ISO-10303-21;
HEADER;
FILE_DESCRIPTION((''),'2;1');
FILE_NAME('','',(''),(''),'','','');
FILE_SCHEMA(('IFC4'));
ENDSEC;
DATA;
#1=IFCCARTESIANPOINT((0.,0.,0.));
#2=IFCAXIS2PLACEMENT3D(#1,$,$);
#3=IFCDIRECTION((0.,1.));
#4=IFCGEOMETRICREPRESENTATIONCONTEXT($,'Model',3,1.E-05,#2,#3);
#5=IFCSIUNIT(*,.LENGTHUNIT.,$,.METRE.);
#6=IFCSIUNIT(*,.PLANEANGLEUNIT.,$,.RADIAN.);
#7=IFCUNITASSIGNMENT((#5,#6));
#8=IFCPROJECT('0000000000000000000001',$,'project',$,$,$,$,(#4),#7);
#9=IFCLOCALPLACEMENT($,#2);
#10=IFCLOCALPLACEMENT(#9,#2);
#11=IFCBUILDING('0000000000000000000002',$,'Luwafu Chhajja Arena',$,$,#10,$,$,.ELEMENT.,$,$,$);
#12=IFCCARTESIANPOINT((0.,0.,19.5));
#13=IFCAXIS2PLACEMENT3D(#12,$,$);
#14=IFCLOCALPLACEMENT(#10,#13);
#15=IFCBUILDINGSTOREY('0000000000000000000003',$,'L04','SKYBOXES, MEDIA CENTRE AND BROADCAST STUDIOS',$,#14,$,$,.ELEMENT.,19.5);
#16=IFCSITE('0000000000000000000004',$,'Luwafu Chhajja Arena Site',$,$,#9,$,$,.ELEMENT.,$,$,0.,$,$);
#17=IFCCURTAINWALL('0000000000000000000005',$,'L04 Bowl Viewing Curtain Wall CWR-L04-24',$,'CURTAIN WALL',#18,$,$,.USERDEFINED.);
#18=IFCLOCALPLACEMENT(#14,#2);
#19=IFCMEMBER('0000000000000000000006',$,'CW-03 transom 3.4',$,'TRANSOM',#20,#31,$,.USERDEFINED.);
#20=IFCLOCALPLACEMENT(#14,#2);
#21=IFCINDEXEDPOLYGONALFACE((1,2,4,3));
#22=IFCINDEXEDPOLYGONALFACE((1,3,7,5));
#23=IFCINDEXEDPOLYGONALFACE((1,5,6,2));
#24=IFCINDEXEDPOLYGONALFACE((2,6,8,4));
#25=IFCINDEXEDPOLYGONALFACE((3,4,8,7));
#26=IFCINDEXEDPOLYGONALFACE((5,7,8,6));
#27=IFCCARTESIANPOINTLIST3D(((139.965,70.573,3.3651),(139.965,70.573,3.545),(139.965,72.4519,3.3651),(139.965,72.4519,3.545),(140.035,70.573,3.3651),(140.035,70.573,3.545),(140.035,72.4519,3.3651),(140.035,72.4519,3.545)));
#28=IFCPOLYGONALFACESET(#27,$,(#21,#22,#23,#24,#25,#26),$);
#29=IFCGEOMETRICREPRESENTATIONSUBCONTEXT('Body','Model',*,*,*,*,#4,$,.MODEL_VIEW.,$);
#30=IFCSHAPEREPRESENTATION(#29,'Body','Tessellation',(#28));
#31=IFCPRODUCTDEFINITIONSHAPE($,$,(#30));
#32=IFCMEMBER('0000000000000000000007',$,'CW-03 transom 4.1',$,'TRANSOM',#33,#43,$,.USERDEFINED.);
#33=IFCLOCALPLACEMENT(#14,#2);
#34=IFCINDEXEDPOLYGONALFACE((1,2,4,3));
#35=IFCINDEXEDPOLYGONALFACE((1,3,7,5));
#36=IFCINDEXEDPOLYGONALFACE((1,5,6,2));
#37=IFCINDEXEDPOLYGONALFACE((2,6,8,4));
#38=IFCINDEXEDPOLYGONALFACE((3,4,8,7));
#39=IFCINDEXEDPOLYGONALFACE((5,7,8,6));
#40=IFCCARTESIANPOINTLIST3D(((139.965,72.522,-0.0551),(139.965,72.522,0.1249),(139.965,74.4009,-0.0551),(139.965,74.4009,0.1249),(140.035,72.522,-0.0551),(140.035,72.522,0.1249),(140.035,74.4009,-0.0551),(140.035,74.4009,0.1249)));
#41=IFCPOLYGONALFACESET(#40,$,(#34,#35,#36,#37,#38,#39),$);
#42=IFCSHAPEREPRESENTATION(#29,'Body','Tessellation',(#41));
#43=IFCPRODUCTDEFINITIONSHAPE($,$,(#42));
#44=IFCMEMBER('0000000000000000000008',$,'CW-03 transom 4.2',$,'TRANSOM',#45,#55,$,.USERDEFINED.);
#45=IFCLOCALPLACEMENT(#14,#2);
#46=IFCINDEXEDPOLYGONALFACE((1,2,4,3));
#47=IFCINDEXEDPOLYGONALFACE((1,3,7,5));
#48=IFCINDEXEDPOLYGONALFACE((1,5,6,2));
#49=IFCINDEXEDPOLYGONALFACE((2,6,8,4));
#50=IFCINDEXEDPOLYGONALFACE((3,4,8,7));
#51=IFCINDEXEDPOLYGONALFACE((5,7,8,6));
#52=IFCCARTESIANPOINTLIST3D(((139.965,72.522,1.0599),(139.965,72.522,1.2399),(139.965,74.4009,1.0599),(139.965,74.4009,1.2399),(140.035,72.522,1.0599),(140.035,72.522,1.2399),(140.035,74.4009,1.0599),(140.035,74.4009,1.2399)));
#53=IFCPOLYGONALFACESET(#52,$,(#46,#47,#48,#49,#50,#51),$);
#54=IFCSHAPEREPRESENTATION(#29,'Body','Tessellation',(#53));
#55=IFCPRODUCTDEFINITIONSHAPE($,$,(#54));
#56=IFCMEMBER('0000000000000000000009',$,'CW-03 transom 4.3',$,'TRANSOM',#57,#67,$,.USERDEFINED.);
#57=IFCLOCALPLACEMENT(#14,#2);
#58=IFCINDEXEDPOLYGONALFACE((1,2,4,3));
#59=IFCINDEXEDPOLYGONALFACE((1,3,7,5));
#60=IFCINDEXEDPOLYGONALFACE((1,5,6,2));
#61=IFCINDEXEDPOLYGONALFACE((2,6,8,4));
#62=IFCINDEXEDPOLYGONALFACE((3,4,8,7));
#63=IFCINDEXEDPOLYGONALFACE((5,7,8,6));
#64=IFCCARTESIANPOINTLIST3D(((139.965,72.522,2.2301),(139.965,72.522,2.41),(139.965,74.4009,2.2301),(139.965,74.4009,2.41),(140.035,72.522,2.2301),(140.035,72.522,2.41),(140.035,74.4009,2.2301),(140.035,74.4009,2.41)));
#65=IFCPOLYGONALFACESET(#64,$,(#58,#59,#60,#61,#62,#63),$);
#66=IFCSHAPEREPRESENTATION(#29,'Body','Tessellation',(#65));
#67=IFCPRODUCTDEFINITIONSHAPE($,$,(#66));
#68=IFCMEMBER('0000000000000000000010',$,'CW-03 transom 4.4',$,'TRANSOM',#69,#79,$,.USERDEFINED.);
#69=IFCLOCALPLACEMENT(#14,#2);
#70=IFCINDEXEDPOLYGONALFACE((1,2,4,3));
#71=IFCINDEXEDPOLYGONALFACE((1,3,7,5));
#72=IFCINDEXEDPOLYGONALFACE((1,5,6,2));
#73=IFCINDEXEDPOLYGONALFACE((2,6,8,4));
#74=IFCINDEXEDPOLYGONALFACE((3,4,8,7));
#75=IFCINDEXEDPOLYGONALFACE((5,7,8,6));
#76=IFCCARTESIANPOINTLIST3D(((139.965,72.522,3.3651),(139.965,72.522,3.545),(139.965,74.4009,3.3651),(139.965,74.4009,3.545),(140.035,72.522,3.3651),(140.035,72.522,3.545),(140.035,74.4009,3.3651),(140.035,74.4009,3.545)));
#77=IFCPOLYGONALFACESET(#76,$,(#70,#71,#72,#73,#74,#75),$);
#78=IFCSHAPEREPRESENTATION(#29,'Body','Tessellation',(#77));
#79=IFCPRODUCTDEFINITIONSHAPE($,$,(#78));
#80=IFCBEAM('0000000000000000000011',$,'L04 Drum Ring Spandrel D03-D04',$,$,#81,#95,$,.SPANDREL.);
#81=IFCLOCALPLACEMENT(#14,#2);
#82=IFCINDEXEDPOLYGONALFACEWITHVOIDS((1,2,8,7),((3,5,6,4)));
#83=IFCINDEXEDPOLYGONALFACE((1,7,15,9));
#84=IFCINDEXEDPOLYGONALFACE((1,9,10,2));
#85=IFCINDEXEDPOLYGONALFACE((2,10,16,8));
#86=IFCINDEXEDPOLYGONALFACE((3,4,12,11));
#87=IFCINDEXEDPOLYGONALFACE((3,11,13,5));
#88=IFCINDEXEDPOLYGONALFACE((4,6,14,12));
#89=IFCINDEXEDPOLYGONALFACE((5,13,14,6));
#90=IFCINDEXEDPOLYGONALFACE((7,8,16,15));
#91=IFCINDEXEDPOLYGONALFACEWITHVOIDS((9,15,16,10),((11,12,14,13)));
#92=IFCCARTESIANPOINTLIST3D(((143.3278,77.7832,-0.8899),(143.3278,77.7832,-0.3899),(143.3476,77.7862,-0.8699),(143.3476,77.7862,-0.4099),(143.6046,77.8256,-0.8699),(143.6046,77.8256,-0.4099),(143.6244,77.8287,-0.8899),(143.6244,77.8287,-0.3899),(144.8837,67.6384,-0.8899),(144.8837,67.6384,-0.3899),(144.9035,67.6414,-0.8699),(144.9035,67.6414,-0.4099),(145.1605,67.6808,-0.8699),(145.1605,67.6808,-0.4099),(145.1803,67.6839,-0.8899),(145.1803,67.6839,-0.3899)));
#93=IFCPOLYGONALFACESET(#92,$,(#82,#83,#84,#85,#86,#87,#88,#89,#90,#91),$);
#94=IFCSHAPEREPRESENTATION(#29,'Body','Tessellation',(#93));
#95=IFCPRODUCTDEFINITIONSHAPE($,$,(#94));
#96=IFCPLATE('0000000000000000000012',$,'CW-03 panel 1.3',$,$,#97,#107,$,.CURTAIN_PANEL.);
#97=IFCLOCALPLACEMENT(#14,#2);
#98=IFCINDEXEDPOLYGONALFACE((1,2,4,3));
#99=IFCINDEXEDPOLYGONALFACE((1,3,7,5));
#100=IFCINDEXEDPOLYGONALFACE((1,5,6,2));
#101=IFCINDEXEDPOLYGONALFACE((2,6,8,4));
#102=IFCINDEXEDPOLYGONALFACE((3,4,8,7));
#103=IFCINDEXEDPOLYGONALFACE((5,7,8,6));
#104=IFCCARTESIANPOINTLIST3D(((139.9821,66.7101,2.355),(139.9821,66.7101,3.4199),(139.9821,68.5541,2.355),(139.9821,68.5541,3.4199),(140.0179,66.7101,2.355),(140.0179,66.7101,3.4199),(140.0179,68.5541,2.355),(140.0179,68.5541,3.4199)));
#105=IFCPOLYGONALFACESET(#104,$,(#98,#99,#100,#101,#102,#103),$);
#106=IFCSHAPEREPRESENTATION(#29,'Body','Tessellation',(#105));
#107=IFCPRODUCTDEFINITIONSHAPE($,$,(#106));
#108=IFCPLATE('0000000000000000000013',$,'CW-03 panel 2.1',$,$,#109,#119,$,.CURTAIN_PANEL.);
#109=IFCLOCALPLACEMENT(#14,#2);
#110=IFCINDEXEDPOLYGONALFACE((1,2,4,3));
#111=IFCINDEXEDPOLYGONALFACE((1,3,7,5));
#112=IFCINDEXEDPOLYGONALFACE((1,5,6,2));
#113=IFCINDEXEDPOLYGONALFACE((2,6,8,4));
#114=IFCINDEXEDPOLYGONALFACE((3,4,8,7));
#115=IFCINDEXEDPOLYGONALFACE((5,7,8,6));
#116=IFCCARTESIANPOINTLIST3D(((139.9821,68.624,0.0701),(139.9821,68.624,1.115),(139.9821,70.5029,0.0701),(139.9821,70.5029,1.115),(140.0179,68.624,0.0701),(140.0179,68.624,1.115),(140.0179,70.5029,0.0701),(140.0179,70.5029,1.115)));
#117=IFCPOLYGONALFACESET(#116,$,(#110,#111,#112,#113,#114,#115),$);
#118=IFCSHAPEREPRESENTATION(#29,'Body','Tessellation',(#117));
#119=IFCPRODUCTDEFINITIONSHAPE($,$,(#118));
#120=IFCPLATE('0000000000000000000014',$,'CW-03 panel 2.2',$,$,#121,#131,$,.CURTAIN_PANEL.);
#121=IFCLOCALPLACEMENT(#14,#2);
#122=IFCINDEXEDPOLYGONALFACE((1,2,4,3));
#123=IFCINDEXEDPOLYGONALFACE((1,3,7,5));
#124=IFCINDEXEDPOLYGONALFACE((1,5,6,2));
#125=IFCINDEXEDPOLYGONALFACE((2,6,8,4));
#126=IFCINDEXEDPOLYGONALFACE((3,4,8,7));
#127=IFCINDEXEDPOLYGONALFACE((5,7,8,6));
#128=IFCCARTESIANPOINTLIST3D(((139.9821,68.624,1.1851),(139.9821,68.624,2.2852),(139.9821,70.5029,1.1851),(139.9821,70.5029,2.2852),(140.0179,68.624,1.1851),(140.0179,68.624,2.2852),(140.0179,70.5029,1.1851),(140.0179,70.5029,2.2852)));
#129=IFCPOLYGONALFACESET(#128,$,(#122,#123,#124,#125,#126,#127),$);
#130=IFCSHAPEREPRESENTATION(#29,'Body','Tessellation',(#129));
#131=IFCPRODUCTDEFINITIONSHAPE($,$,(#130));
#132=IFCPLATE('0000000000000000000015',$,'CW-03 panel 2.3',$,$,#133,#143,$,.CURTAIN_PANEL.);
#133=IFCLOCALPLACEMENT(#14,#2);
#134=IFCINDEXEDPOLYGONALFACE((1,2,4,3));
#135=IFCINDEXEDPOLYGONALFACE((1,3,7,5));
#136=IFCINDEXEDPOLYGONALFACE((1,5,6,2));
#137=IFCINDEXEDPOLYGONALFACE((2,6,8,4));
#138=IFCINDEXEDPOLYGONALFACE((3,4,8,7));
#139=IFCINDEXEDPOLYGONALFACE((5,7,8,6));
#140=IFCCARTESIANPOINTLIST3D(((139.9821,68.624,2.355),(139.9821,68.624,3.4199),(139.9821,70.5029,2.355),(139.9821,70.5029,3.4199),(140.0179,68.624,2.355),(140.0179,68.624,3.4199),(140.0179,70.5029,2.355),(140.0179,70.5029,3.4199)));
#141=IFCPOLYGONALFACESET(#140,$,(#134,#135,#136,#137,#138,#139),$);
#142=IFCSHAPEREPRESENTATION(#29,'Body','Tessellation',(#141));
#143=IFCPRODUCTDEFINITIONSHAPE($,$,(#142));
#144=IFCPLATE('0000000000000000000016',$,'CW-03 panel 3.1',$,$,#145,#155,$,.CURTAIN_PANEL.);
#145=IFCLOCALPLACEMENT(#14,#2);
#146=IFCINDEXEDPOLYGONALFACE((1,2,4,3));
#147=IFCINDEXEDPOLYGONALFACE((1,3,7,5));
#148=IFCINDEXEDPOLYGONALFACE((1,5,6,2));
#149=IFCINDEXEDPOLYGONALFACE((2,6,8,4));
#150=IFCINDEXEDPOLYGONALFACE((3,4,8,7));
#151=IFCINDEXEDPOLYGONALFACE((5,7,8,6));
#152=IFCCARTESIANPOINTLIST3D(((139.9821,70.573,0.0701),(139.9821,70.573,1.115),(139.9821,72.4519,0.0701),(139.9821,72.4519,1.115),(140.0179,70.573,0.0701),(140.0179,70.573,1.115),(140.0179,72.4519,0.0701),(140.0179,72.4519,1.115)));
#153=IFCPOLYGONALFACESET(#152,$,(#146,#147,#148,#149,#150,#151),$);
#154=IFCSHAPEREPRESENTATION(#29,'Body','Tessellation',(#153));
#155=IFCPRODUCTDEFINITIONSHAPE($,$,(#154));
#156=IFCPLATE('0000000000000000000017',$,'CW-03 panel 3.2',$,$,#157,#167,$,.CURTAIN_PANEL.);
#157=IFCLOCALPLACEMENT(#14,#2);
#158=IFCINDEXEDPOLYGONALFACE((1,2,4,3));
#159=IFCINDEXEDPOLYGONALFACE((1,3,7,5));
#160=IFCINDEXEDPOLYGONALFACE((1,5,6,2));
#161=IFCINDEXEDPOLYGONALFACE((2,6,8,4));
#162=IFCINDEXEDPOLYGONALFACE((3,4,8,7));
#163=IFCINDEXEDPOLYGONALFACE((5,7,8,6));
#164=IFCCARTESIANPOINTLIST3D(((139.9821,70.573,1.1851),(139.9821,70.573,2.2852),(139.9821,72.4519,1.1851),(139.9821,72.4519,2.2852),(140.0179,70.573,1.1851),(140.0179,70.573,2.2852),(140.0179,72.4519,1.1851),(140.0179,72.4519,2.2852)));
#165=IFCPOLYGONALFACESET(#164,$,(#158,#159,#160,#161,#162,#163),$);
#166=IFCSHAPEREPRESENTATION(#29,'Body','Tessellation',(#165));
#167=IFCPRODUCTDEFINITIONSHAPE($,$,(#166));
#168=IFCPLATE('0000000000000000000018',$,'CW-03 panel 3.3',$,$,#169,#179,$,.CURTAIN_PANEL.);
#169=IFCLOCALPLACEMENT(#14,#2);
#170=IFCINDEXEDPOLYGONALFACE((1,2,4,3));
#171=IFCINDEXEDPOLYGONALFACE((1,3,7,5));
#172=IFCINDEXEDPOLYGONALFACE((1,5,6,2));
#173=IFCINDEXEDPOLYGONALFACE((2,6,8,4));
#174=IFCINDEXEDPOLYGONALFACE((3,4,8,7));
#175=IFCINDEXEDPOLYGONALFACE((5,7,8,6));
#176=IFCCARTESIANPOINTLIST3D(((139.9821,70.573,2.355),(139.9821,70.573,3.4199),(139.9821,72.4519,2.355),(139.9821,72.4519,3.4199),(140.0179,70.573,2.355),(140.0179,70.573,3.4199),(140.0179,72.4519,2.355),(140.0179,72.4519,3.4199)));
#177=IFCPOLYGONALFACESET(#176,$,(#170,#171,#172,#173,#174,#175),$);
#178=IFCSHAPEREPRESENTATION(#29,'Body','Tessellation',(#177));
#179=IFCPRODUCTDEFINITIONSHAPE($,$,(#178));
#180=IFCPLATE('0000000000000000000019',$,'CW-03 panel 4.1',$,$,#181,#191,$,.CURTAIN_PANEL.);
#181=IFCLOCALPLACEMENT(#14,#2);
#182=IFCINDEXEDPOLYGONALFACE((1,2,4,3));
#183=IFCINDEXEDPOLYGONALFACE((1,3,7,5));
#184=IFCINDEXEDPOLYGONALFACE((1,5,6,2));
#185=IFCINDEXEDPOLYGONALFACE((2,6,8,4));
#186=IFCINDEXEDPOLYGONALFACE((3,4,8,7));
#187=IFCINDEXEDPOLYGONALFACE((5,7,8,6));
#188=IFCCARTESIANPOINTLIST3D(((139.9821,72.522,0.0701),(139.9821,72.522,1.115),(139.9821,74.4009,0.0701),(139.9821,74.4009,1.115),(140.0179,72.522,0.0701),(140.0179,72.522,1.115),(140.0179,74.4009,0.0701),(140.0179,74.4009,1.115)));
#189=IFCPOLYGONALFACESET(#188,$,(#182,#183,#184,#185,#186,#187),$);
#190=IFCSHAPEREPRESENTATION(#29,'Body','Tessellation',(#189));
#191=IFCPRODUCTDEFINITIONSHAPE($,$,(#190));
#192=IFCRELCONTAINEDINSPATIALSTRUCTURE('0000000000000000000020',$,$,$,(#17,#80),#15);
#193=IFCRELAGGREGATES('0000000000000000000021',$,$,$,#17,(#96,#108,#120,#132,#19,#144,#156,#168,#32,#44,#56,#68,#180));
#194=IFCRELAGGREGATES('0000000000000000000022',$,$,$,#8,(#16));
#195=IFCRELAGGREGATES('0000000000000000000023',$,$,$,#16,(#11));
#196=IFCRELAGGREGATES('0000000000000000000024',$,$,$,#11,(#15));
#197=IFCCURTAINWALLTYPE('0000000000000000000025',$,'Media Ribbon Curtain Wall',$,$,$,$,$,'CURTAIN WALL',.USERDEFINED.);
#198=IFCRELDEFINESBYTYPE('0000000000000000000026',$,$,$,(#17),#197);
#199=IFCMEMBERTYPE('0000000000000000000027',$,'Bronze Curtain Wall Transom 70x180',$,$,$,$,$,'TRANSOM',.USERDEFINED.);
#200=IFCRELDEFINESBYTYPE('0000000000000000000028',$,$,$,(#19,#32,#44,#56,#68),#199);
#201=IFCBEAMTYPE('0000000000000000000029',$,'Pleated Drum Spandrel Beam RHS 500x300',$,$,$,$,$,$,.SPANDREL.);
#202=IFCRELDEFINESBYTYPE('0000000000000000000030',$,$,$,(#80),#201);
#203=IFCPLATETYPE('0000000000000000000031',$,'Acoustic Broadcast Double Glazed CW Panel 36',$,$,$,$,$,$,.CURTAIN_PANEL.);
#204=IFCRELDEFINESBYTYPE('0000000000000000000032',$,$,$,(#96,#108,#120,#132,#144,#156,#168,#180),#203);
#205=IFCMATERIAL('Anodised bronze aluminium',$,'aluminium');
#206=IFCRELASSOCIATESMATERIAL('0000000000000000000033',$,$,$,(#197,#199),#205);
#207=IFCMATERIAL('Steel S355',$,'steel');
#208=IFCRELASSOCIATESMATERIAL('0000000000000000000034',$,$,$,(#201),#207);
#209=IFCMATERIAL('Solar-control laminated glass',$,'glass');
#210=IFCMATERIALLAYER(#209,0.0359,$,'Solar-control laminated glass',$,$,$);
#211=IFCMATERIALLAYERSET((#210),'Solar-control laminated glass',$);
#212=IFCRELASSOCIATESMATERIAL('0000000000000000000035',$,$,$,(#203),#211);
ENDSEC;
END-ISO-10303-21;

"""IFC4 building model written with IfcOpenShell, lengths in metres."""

from ifc_helpers import new_model, si_unit, direction, frame, origin, origin_2d, place, context, subcontext, project, spatial, rectangle, hollow_rectangle, extrude, material, layer, layer_set, material_profile, profile_set, type_object, element, aggregate, save


model = new_model("IFC4")

# Units and contexts
model_context = context("Model", 3, precision=1e-05, world=origin(), true_north=direction((0.0, 1.0)))
body_context = subcontext(model_context, "Body", "Model", "MODEL_VIEW")
ifc_project = project(units=[si_unit("LENGTHUNIT", "METRE"), si_unit("PLANEANGLEUNIT", "RADIAN")], contexts=[model_context])

# Site, building, storey
site_placement = place(None, origin())
site = spatial("IfcSite", under=ifc_project, at=site_placement, Name="Luwafu Chhajja Arena Site", CompositionType="ELEMENT", RefElevation=0.0)
building_placement = place(site_placement, origin())
building = spatial("IfcBuilding", under=site, at=building_placement, Name="Luwafu Chhajja Arena", CompositionType="ELEMENT")
storey_placement = place(building_placement, frame((0.0, 0.0, 19.5)))
storey = spatial("IfcBuildingStorey", under=building, at=storey_placement, Name="L04", Description="SKYBOXES, MEDIA CENTRE AND BROADCAST STUDIOS", CompositionType="ELEMENT", Elevation=19.5)

# Shared definitions
ifc_material_1 = material(Name="Steel S355", Category="steel")

# Curtain wall, members
ifc_material_2 = material(Name="Anodised bronze aluminium", Category="aluminium")
curtain_wall_type = type_object("IfcCurtainWallType", Name="Media Ribbon Curtain Wall", ElementType="CURTAIN WALL", PredefinedType="USERDEFINED", material=ifc_material_2)
curtain_wall_placement = place(storey_placement, origin())
curtain_wall = element("IfcCurtainWall", 1, at=curtain_wall_placement, inside=storey, type_object=curtain_wall_type, Name="L04 Bowl Viewing Curtain Wall CWR-L04-24", ObjectType="CURTAIN WALL", PredefinedType="USERDEFINED")
ifc_material_profile_1 = material_profile(ifc_material_2, rectangle(XDim=0.0701, YDim=0.1799, at=origin_2d()), Name="CWT 70x180")
ifc_profile_set_1 = profile_set([ifc_material_profile_1], Name="Anodised bronze aluminium")
member_type_1 = type_object("IfcMemberType", Name="Bronze Curtain Wall Transom 70x180", ElementType="TRANSOM", PredefinedType="USERDEFINED", material=ifc_profile_set_1)
member_1_placement = place(storey_placement, frame((140.0, 70.573, 3.4551), z_axis=(0.0, 1.0, 0.0), x_axis=(-1.0, 0.0, 0.0)))
member_1 = element("IfcMember", 2, at=member_1_placement, type_object=member_type_1, Name="CW-03 transom 3.4", ObjectType="TRANSOM", PredefinedType="USERDEFINED", context=body_context, shape_type="SweptSolid", body=[
    extrude(rectangle(XDim=0.0701, YDim=0.1799, at=origin_2d()), origin(), (0.0, 0.0, 1.0), 1.8789),
])
member_2_placement = place(storey_placement, frame((140.0, 72.522, 0.0349), z_axis=(0.0, 1.0, 0.0), x_axis=(-1.0, 0.0, 0.0)))
member_2 = element("IfcMember", 3, at=member_2_placement, type_object=member_type_1, Name="CW-03 transom 4.1", ObjectType="TRANSOM", PredefinedType="USERDEFINED", context=body_context, shape_type="SweptSolid", body=[
    extrude(rectangle(XDim=0.0701, YDim=0.1799, at=origin_2d()), origin(), (0.0, 0.0, 1.0), 1.8789),
])
member_3_placement = place(storey_placement, frame((140.0, 72.522, 1.1499), z_axis=(0.0, 1.0, 0.0), x_axis=(-1.0, 0.0, 0.0)))
member_3 = element("IfcMember", 4, at=member_3_placement, type_object=member_type_1, Name="CW-03 transom 4.2", ObjectType="TRANSOM", PredefinedType="USERDEFINED", context=body_context, shape_type="SweptSolid", body=[
    extrude(rectangle(XDim=0.0701, YDim=0.1799, at=origin_2d()), origin(), (0.0, 0.0, 1.0), 1.8789),
])
member_4_placement = place(storey_placement, frame((140.0, 72.522, 2.3201), z_axis=(0.0, 1.0, 0.0), x_axis=(-1.0, 0.0, 0.0)))
member_4 = element("IfcMember", 5, at=member_4_placement, type_object=member_type_1, Name="CW-03 transom 4.3", ObjectType="TRANSOM", PredefinedType="USERDEFINED", context=body_context, shape_type="SweptSolid", body=[
    extrude(rectangle(XDim=0.0701, YDim=0.1799, at=origin_2d()), origin(), (0.0, 0.0, 1.0), 1.8789),
])
member_5_placement = place(storey_placement, frame((140.0, 72.522, 3.4551), z_axis=(0.0, 1.0, 0.0), x_axis=(-1.0, 0.0, 0.0)))
member_5 = element("IfcMember", 6, at=member_5_placement, type_object=member_type_1, Name="CW-03 transom 4.4", ObjectType="TRANSOM", PredefinedType="USERDEFINED", context=body_context, shape_type="SweptSolid", body=[
    extrude(rectangle(XDim=0.0701, YDim=0.1799, at=origin_2d()), origin(), (0.0, 0.0, 1.0), 1.8789),
])

# Beam
ifc_material_profile_2 = material_profile(ifc_material_1, hollow_rectangle(XDim=0.3, YDim=0.5, WallThickness=0.02, at=origin_2d()), Name="RHS 500x300x20")
ifc_profile_set_2 = profile_set([ifc_material_profile_2], Name="Steel S355")
beam_type = type_object("IfcBeamType", Name="Pleated Drum Spandrel Beam RHS 500x300", PredefinedType="SPANDREL", material=ifc_profile_set_2)
beam_placement = place(storey_placement, frame((145.032, 67.6611, -0.6399), z_axis=(-0.151598, 0.988442, 0.0), x_axis=(-0.988442, -0.151598, 0.0)))
element("IfcBeam", 7, at=beam_placement, inside=storey, type_object=beam_type, Name="L04 Drum Ring Spandrel D03-D04", PredefinedType="SPANDREL", context=body_context, shape_type="SweptSolid", body=[
    extrude(hollow_rectangle(XDim=0.3, YDim=0.5, WallThickness=0.02, at=origin_2d()), origin(), (0.0, 0.0, 1.0), 10.2634),
])

# Plates
ifc_material_3 = material(Name="Solar-control laminated glass", Category="glass")
ifc_layer_1 = layer(ifc_material_3, 0.0359, Name="Solar-control laminated glass")
ifc_layer_set_1 = layer_set([ifc_layer_1], Name="Solar-control laminated glass")
plate_type = type_object("IfcPlateType", Name="Acoustic Broadcast Double Glazed CW Panel 36", PredefinedType="CURTAIN_PANEL", material=ifc_layer_set_1)
plate_1_placement = place(storey_placement, frame((140.0, 67.6321, 2.355), z_axis=(0.0, 0.0, 1.0), x_axis=(0.0, 1.0, 0.0)))
plate_1 = element("IfcPlate", 8, at=plate_1_placement, type_object=plate_type, Name="CW-03 panel 1.3", PredefinedType="CURTAIN_PANEL", context=body_context, shape_type="SweptSolid", body=[
    extrude(rectangle(XDim=1.844, YDim=0.0359, at=origin_2d()), origin(), (0.0, 0.0, 1.0), 1.0649),
])
plate_2_placement = place(storey_placement, frame((140.0, 69.5635, 0.0701), z_axis=(0.0, 0.0, 1.0), x_axis=(0.0, 1.0, 0.0)))
plate_2 = element("IfcPlate", 9, at=plate_2_placement, type_object=plate_type, Name="CW-03 panel 2.1", PredefinedType="CURTAIN_PANEL", context=body_context, shape_type="SweptSolid", body=[
    extrude(rectangle(XDim=1.8789, YDim=0.0359, at=origin_2d()), origin(), (0.0, 0.0, 1.0), 1.0449),
])
plate_3_placement = place(storey_placement, frame((140.0, 69.5635, 1.1851), z_axis=(0.0, 0.0, 1.0), x_axis=(0.0, 1.0, 0.0)))
plate_3 = element("IfcPlate", 10, at=plate_3_placement, type_object=plate_type, Name="CW-03 panel 2.2", PredefinedType="CURTAIN_PANEL", context=body_context, shape_type="SweptSolid", body=[
    extrude(rectangle(XDim=1.8789, YDim=0.0359, at=origin_2d()), origin(), (0.0, 0.0, 1.0), 1.1001),
])
plate_4_placement = place(storey_placement, frame((140.0, 69.5635, 2.355), z_axis=(0.0, 0.0, 1.0), x_axis=(0.0, 1.0, 0.0)))
plate_4 = element("IfcPlate", 11, at=plate_4_placement, type_object=plate_type, Name="CW-03 panel 2.3", PredefinedType="CURTAIN_PANEL", context=body_context, shape_type="SweptSolid", body=[
    extrude(rectangle(XDim=1.8789, YDim=0.0359, at=origin_2d()), origin(), (0.0, 0.0, 1.0), 1.0649),
])
plate_5_placement = place(storey_placement, frame((140.0, 71.5125, 0.0701), z_axis=(0.0, 0.0, 1.0), x_axis=(0.0, 1.0, 0.0)))
plate_5 = element("IfcPlate", 12, at=plate_5_placement, type_object=plate_type, Name="CW-03 panel 3.1", PredefinedType="CURTAIN_PANEL", context=body_context, shape_type="SweptSolid", body=[
    extrude(rectangle(XDim=1.8789, YDim=0.0359, at=origin_2d()), origin(), (0.0, 0.0, 1.0), 1.0449),
])
plate_6_placement = place(storey_placement, frame((140.0, 71.5125, 1.1851), z_axis=(0.0, 0.0, 1.0), x_axis=(0.0, 1.0, 0.0)))
plate_6 = element("IfcPlate", 13, at=plate_6_placement, type_object=plate_type, Name="CW-03 panel 3.2", PredefinedType="CURTAIN_PANEL", context=body_context, shape_type="SweptSolid", body=[
    extrude(rectangle(XDim=1.8789, YDim=0.0359, at=origin_2d()), origin(), (0.0, 0.0, 1.0), 1.1001),
])
plate_7_placement = place(storey_placement, frame((140.0, 71.5125, 2.355), z_axis=(0.0, 0.0, 1.0), x_axis=(0.0, 1.0, 0.0)))
plate_7 = element("IfcPlate", 14, at=plate_7_placement, type_object=plate_type, Name="CW-03 panel 3.3", PredefinedType="CURTAIN_PANEL", context=body_context, shape_type="SweptSolid", body=[
    extrude(rectangle(XDim=1.8789, YDim=0.0359, at=origin_2d()), origin(), (0.0, 0.0, 1.0), 1.0649),
])
plate_8_placement = place(storey_placement, frame((140.0, 73.4614, 0.0701), z_axis=(0.0, 0.0, 1.0), x_axis=(0.0, 1.0, 0.0)))
plate_8 = element("IfcPlate", 15, at=plate_8_placement, type_object=plate_type, Name="CW-03 panel 4.1", PredefinedType="CURTAIN_PANEL", context=body_context, shape_type="SweptSolid", body=[
    extrude(rectangle(XDim=1.8789, YDim=0.0359, at=origin_2d()), origin(), (0.0, 0.0, 1.0), 1.0449),
])
aggregate(curtain_wall, [plate_1, plate_2, plate_3, plate_4, member_1, plate_5, plate_6, plate_7, member_2, member_3, member_4, member_5, plate_8])

save(model, "model.ifc")
